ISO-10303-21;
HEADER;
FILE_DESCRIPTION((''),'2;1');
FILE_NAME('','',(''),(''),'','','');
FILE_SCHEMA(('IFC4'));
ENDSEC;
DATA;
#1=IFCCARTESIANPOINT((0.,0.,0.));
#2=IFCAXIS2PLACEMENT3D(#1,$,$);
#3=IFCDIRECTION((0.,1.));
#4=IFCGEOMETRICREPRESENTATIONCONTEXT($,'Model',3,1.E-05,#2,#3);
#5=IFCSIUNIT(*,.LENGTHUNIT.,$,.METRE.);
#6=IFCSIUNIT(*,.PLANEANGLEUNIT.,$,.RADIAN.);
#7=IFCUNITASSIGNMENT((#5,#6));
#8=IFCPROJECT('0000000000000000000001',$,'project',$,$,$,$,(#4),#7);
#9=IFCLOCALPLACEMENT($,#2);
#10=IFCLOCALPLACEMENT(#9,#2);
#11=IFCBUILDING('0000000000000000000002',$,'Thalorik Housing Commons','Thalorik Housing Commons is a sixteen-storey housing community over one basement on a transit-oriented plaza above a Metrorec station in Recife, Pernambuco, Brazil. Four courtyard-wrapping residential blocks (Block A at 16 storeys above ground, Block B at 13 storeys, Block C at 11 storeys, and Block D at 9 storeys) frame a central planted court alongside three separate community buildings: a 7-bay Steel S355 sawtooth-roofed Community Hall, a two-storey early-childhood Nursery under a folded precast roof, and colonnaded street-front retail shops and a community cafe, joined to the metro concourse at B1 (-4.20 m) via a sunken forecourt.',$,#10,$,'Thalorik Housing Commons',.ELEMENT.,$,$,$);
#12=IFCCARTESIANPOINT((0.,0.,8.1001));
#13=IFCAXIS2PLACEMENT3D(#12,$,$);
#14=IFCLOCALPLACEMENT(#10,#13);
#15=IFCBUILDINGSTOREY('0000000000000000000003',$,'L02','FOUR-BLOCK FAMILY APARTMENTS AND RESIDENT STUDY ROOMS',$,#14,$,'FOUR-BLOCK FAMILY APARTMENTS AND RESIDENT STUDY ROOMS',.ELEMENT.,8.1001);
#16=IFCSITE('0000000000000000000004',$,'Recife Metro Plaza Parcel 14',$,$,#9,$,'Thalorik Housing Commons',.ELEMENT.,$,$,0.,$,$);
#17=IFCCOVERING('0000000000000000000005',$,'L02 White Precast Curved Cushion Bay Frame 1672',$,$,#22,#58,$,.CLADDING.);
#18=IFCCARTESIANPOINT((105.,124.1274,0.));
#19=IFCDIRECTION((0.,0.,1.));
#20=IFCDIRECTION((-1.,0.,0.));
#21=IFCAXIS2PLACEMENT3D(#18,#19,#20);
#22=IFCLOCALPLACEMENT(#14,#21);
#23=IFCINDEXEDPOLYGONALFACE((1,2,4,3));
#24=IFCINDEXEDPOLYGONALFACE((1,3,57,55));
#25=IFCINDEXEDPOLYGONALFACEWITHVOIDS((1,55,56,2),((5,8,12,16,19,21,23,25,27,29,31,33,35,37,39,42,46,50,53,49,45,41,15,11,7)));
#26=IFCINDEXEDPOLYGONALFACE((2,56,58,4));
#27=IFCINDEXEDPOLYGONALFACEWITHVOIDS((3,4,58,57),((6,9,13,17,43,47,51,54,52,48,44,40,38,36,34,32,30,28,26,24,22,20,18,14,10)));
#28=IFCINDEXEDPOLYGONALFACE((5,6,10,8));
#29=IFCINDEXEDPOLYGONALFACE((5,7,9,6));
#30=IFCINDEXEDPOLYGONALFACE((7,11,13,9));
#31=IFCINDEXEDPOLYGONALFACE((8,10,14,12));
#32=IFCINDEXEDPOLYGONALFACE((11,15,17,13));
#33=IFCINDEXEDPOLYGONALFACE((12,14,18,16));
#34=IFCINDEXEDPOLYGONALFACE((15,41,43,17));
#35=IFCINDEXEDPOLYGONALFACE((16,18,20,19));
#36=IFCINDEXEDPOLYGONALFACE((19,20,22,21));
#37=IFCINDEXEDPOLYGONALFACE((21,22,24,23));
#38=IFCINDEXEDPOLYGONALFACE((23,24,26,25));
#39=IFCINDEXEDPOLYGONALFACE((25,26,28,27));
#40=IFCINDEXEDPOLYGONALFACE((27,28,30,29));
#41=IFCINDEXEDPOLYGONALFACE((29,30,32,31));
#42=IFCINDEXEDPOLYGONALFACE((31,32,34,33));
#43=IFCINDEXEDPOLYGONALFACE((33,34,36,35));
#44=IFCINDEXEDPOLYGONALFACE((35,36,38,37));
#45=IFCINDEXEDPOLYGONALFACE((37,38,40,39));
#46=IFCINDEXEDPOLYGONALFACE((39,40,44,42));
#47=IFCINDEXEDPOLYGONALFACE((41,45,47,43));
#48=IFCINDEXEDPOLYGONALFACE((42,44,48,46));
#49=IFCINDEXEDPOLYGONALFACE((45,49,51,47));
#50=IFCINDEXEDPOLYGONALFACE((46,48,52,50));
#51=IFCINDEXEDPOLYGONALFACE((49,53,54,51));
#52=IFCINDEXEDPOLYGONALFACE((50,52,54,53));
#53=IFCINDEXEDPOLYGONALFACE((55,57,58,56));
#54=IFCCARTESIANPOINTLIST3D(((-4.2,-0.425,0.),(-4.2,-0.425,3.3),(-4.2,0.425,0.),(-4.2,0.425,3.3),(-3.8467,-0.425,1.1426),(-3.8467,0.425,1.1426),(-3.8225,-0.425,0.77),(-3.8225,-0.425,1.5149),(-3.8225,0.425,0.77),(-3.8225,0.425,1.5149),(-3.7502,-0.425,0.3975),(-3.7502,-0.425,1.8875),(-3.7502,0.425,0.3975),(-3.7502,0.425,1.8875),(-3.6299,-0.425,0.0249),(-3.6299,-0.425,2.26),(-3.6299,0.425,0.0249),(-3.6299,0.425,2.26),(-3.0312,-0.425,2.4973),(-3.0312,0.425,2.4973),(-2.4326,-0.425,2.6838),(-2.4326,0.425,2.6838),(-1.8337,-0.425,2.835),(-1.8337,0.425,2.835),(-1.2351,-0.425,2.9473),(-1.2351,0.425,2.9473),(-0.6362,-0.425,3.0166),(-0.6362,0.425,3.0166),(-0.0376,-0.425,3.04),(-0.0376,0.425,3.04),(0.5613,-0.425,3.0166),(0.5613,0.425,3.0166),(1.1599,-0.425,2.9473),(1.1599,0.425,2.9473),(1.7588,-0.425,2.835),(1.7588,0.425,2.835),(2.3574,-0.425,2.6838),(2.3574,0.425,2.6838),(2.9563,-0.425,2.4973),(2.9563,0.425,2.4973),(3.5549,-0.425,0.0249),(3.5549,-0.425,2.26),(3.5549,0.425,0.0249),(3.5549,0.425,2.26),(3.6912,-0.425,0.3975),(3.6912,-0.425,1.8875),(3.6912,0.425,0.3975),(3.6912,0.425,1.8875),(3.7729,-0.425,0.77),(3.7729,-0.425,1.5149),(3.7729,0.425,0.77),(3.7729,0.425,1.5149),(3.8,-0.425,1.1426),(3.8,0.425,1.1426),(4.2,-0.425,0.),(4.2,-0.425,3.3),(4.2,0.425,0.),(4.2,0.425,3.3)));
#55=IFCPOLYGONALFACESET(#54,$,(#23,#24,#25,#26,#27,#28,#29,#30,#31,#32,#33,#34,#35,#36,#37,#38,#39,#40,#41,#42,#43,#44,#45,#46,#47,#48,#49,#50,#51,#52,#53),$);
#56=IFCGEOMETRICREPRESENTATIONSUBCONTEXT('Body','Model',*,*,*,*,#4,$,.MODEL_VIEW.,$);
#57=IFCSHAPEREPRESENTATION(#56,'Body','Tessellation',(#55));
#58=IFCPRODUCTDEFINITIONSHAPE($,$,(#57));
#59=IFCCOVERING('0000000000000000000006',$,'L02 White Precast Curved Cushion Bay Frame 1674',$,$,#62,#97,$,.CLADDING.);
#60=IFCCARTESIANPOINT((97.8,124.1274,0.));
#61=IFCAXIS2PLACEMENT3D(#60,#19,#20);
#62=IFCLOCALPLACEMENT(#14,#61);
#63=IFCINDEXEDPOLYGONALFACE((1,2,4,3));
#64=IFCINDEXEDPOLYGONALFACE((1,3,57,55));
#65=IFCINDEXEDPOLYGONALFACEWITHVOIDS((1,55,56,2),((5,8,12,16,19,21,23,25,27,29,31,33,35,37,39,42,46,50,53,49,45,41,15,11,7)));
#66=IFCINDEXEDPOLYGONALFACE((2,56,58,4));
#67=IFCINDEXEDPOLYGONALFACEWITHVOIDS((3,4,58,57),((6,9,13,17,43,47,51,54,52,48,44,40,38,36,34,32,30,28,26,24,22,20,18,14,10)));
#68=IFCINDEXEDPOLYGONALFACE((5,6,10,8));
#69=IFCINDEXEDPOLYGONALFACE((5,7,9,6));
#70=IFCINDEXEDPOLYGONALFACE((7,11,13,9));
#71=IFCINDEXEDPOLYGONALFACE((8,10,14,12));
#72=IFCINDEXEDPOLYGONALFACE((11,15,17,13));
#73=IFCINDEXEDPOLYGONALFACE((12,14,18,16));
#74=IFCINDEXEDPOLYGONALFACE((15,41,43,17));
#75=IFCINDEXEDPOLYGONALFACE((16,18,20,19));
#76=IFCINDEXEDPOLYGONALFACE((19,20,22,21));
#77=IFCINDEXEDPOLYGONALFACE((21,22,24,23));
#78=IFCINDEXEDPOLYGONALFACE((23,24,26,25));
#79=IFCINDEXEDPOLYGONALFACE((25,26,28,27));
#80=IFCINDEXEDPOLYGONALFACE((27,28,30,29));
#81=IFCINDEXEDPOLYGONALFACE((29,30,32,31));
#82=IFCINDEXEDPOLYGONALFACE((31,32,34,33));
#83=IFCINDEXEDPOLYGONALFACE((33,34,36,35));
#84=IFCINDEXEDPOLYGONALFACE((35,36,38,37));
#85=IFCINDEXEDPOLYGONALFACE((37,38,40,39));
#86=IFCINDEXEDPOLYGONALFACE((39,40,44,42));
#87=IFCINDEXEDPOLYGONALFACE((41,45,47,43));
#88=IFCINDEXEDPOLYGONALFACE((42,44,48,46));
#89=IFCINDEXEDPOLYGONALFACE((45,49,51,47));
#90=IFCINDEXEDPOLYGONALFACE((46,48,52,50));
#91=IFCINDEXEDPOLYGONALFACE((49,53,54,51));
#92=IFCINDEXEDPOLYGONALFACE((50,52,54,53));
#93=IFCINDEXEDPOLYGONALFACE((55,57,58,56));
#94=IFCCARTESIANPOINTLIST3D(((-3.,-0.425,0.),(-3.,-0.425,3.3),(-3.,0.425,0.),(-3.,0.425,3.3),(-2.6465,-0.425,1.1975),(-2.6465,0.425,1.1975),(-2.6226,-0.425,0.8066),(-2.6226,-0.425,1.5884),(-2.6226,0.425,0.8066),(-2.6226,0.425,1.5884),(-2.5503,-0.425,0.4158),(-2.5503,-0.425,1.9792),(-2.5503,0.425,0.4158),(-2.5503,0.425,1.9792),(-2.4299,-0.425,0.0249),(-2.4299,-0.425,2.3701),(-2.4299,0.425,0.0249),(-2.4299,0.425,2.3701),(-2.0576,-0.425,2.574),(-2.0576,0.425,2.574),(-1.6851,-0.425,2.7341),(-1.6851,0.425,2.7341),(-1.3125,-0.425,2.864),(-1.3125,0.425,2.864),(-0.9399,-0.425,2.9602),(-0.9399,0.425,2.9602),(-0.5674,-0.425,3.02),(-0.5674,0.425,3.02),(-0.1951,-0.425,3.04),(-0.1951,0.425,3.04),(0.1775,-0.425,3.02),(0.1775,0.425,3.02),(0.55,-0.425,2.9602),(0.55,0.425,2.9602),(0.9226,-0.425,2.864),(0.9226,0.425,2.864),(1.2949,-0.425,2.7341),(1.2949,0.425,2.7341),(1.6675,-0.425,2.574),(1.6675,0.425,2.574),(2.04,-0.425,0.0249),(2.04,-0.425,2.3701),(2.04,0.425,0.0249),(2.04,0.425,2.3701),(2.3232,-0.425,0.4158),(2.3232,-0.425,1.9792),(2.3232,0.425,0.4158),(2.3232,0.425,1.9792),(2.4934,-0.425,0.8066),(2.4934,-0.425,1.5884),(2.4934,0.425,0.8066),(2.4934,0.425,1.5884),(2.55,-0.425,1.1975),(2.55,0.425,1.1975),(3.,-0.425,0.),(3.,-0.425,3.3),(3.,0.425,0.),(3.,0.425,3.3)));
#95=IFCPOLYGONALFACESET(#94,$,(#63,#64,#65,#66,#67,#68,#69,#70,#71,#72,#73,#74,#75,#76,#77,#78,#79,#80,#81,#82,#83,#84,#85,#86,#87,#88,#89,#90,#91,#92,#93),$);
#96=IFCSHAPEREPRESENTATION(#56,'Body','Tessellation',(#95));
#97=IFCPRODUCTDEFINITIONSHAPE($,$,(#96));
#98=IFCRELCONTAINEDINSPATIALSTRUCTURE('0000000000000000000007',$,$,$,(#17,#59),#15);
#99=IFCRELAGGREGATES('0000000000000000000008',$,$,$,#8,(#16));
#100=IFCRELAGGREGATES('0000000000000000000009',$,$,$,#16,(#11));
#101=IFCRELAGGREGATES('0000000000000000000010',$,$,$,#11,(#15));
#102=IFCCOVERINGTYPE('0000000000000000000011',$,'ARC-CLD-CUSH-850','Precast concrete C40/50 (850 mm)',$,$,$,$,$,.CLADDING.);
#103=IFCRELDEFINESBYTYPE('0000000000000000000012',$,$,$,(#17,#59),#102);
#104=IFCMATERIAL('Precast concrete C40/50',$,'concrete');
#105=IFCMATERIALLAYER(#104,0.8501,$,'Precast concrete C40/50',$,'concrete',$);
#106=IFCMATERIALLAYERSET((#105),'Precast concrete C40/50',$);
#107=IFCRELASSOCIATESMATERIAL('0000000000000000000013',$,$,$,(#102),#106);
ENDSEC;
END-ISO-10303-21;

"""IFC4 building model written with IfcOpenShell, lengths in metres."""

from ifc_helpers import new_model, si_unit, direction, frame, origin, place, context, subcontext, project, spatial, polyline, outline, extrude, material, layer, layer_set, type_object, element, save


model = new_model("IFC4")

# Units and contexts
model_context = context("Model", 3, precision=1e-05, world=origin(), true_north=direction((0.0, 1.0)))
body_context = subcontext(model_context, "Body", "Model", "MODEL_VIEW")
ifc_project = project(units=[si_unit("LENGTHUNIT", "METRE"), si_unit("PLANEANGLEUNIT", "RADIAN")], contexts=[model_context])

# Site, building, storey
site_placement = place(None, origin())
site = spatial("IfcSite", under=ifc_project, at=site_placement, Name="Recife Metro Plaza Parcel 14", LongName="Thalorik Housing Commons", CompositionType="ELEMENT", RefElevation=0.0)
building_placement = place(site_placement, origin())
building = spatial("IfcBuilding", under=site, at=building_placement, Name="Thalorik Housing Commons", Description="Thalorik Housing Commons is a sixteen-storey housing community over one basement on a transit-oriented plaza above a Metrorec station in Recife, Pernambuco, Brazil. Four courtyard-wrapping residential blocks (Block A at 16 storeys above ground, Block B at 13 storeys, Block C at 11 storeys, and Block D at 9 storeys) frame a central planted court alongside three separate community buildings: a 7-bay Steel S355 sawtooth-roofed Community Hall, a two-storey early-childhood Nursery under a folded precast roof, and colonnaded street-front retail shops and a community cafe, joined to the metro concourse at B1 (-4.20 m) via a sunken forecourt.", LongName="Thalorik Housing Commons", CompositionType="ELEMENT")
storey_placement = place(building_placement, frame((0.0, 0.0, 8.1001)))
storey = spatial("IfcBuildingStorey", under=building, at=storey_placement, Name="L02", Description="FOUR-BLOCK FAMILY APARTMENTS AND RESIDENT STUDY ROOMS", LongName="FOUR-BLOCK FAMILY APARTMENTS AND RESIDENT STUDY ROOMS", CompositionType="ELEMENT", Elevation=8.1001)

# Shared definitions
ifc_material_1 = material(Name="Precast concrete C40/50", Category="concrete")

# Coverings
ifc_layer_1 = layer(ifc_material_1, 0.8501, Name="Precast concrete C40/50", Category="concrete")
ifc_layer_set_1 = layer_set([ifc_layer_1], Name="Precast concrete C40/50")
covering_type_1 = type_object("IfcCoveringType", Name="ARC-CLD-CUSH-850", Description="Precast concrete C40/50 (850 mm)", PredefinedType="CLADDING", material=ifc_layer_set_1)
covering_1_placement = place(storey_placement, frame((105.0, 124.1274, 0.0), z_axis=(0.0, 0.0, 1.0), x_axis=(-1.0, 0.0, 0.0)))
element("IfcCovering", 1, at=covering_1_placement, inside=storey, type_object=covering_type_1, Name="L02 White Precast Curved Cushion Bay Frame 1672", PredefinedType="CLADDING", context=body_context, shape_type="SweptSolid", body=[
    extrude(outline(polyline([(-4.2, 0.0), (4.2, 0.0), (4.2, 3.3), (-4.2, 3.3), (-4.2, 0.0)]), holes=[polyline([(3.5549, 0.0249), (3.6912, 0.3975), (3.7729, 0.77), (3.8, 1.1426), (3.7729, 1.5149), (3.6912, 1.8875), (3.5549, 2.26), (2.9563, 2.4973), (2.3574, 2.6838), (1.7588, 2.835), (1.1599, 2.9473), (0.5613, 3.0166), (-0.0376, 3.04), (-0.6362, 3.0166), (-1.2351, 2.9473), (-1.8337, 2.835), (-2.4326, 2.6838), (-3.0312, 2.4973), (-3.6299, 2.26), (-3.7502, 1.8875), (-3.8225, 1.5149), (-3.8467, 1.1426), (-3.8225, 0.77), (-3.7502, 0.3975), (-3.6299, 0.0249), (3.5549, 0.0249)])]), frame((0.0, 0.425, 0.0), z_axis=(0.0, -1.0, 0.0), x_axis=(1.0, 0.0, 0.0)), (0.0, 0.0, 1.0), 0.8501),
])
covering_2_placement = place(storey_placement, frame((97.8, 124.1274, 0.0), z_axis=(0.0, 0.0, 1.0), x_axis=(-1.0, 0.0, 0.0)))
element("IfcCovering", 2, at=covering_2_placement, inside=storey, type_object=covering_type_1, Name="L02 White Precast Curved Cushion Bay Frame 1674", PredefinedType="CLADDING", context=body_context, shape_type="SweptSolid", body=[
    extrude(outline(polyline([(-3.0, 0.0), (3.0, 0.0), (3.0, 3.3), (-3.0, 3.3), (-3.0, 0.0)]), holes=[polyline([(2.04, 0.0249), (2.3232, 0.4158), (2.4934, 0.8066), (2.55, 1.1975), (2.4934, 1.5884), (2.3232, 1.9792), (2.04, 2.3701), (1.6675, 2.574), (1.2949, 2.7341), (0.9226, 2.864), (0.55, 2.9602), (0.1775, 3.02), (-0.1951, 3.04), (-0.5674, 3.02), (-0.9399, 2.9602), (-1.3125, 2.864), (-1.6851, 2.7341), (-2.0576, 2.574), (-2.4299, 2.3701), (-2.5503, 1.9792), (-2.6226, 1.5884), (-2.6465, 1.1975), (-2.6226, 0.8066), (-2.5503, 0.4158), (-2.4299, 0.0249), (2.04, 0.0249)])]), frame((0.0, 0.425, 0.0), z_axis=(0.0, -1.0, 0.0), x_axis=(1.0, 0.0, 0.0)), (0.0, 0.0, 1.0), 0.8501),
])

save(model, "model.ifc")
